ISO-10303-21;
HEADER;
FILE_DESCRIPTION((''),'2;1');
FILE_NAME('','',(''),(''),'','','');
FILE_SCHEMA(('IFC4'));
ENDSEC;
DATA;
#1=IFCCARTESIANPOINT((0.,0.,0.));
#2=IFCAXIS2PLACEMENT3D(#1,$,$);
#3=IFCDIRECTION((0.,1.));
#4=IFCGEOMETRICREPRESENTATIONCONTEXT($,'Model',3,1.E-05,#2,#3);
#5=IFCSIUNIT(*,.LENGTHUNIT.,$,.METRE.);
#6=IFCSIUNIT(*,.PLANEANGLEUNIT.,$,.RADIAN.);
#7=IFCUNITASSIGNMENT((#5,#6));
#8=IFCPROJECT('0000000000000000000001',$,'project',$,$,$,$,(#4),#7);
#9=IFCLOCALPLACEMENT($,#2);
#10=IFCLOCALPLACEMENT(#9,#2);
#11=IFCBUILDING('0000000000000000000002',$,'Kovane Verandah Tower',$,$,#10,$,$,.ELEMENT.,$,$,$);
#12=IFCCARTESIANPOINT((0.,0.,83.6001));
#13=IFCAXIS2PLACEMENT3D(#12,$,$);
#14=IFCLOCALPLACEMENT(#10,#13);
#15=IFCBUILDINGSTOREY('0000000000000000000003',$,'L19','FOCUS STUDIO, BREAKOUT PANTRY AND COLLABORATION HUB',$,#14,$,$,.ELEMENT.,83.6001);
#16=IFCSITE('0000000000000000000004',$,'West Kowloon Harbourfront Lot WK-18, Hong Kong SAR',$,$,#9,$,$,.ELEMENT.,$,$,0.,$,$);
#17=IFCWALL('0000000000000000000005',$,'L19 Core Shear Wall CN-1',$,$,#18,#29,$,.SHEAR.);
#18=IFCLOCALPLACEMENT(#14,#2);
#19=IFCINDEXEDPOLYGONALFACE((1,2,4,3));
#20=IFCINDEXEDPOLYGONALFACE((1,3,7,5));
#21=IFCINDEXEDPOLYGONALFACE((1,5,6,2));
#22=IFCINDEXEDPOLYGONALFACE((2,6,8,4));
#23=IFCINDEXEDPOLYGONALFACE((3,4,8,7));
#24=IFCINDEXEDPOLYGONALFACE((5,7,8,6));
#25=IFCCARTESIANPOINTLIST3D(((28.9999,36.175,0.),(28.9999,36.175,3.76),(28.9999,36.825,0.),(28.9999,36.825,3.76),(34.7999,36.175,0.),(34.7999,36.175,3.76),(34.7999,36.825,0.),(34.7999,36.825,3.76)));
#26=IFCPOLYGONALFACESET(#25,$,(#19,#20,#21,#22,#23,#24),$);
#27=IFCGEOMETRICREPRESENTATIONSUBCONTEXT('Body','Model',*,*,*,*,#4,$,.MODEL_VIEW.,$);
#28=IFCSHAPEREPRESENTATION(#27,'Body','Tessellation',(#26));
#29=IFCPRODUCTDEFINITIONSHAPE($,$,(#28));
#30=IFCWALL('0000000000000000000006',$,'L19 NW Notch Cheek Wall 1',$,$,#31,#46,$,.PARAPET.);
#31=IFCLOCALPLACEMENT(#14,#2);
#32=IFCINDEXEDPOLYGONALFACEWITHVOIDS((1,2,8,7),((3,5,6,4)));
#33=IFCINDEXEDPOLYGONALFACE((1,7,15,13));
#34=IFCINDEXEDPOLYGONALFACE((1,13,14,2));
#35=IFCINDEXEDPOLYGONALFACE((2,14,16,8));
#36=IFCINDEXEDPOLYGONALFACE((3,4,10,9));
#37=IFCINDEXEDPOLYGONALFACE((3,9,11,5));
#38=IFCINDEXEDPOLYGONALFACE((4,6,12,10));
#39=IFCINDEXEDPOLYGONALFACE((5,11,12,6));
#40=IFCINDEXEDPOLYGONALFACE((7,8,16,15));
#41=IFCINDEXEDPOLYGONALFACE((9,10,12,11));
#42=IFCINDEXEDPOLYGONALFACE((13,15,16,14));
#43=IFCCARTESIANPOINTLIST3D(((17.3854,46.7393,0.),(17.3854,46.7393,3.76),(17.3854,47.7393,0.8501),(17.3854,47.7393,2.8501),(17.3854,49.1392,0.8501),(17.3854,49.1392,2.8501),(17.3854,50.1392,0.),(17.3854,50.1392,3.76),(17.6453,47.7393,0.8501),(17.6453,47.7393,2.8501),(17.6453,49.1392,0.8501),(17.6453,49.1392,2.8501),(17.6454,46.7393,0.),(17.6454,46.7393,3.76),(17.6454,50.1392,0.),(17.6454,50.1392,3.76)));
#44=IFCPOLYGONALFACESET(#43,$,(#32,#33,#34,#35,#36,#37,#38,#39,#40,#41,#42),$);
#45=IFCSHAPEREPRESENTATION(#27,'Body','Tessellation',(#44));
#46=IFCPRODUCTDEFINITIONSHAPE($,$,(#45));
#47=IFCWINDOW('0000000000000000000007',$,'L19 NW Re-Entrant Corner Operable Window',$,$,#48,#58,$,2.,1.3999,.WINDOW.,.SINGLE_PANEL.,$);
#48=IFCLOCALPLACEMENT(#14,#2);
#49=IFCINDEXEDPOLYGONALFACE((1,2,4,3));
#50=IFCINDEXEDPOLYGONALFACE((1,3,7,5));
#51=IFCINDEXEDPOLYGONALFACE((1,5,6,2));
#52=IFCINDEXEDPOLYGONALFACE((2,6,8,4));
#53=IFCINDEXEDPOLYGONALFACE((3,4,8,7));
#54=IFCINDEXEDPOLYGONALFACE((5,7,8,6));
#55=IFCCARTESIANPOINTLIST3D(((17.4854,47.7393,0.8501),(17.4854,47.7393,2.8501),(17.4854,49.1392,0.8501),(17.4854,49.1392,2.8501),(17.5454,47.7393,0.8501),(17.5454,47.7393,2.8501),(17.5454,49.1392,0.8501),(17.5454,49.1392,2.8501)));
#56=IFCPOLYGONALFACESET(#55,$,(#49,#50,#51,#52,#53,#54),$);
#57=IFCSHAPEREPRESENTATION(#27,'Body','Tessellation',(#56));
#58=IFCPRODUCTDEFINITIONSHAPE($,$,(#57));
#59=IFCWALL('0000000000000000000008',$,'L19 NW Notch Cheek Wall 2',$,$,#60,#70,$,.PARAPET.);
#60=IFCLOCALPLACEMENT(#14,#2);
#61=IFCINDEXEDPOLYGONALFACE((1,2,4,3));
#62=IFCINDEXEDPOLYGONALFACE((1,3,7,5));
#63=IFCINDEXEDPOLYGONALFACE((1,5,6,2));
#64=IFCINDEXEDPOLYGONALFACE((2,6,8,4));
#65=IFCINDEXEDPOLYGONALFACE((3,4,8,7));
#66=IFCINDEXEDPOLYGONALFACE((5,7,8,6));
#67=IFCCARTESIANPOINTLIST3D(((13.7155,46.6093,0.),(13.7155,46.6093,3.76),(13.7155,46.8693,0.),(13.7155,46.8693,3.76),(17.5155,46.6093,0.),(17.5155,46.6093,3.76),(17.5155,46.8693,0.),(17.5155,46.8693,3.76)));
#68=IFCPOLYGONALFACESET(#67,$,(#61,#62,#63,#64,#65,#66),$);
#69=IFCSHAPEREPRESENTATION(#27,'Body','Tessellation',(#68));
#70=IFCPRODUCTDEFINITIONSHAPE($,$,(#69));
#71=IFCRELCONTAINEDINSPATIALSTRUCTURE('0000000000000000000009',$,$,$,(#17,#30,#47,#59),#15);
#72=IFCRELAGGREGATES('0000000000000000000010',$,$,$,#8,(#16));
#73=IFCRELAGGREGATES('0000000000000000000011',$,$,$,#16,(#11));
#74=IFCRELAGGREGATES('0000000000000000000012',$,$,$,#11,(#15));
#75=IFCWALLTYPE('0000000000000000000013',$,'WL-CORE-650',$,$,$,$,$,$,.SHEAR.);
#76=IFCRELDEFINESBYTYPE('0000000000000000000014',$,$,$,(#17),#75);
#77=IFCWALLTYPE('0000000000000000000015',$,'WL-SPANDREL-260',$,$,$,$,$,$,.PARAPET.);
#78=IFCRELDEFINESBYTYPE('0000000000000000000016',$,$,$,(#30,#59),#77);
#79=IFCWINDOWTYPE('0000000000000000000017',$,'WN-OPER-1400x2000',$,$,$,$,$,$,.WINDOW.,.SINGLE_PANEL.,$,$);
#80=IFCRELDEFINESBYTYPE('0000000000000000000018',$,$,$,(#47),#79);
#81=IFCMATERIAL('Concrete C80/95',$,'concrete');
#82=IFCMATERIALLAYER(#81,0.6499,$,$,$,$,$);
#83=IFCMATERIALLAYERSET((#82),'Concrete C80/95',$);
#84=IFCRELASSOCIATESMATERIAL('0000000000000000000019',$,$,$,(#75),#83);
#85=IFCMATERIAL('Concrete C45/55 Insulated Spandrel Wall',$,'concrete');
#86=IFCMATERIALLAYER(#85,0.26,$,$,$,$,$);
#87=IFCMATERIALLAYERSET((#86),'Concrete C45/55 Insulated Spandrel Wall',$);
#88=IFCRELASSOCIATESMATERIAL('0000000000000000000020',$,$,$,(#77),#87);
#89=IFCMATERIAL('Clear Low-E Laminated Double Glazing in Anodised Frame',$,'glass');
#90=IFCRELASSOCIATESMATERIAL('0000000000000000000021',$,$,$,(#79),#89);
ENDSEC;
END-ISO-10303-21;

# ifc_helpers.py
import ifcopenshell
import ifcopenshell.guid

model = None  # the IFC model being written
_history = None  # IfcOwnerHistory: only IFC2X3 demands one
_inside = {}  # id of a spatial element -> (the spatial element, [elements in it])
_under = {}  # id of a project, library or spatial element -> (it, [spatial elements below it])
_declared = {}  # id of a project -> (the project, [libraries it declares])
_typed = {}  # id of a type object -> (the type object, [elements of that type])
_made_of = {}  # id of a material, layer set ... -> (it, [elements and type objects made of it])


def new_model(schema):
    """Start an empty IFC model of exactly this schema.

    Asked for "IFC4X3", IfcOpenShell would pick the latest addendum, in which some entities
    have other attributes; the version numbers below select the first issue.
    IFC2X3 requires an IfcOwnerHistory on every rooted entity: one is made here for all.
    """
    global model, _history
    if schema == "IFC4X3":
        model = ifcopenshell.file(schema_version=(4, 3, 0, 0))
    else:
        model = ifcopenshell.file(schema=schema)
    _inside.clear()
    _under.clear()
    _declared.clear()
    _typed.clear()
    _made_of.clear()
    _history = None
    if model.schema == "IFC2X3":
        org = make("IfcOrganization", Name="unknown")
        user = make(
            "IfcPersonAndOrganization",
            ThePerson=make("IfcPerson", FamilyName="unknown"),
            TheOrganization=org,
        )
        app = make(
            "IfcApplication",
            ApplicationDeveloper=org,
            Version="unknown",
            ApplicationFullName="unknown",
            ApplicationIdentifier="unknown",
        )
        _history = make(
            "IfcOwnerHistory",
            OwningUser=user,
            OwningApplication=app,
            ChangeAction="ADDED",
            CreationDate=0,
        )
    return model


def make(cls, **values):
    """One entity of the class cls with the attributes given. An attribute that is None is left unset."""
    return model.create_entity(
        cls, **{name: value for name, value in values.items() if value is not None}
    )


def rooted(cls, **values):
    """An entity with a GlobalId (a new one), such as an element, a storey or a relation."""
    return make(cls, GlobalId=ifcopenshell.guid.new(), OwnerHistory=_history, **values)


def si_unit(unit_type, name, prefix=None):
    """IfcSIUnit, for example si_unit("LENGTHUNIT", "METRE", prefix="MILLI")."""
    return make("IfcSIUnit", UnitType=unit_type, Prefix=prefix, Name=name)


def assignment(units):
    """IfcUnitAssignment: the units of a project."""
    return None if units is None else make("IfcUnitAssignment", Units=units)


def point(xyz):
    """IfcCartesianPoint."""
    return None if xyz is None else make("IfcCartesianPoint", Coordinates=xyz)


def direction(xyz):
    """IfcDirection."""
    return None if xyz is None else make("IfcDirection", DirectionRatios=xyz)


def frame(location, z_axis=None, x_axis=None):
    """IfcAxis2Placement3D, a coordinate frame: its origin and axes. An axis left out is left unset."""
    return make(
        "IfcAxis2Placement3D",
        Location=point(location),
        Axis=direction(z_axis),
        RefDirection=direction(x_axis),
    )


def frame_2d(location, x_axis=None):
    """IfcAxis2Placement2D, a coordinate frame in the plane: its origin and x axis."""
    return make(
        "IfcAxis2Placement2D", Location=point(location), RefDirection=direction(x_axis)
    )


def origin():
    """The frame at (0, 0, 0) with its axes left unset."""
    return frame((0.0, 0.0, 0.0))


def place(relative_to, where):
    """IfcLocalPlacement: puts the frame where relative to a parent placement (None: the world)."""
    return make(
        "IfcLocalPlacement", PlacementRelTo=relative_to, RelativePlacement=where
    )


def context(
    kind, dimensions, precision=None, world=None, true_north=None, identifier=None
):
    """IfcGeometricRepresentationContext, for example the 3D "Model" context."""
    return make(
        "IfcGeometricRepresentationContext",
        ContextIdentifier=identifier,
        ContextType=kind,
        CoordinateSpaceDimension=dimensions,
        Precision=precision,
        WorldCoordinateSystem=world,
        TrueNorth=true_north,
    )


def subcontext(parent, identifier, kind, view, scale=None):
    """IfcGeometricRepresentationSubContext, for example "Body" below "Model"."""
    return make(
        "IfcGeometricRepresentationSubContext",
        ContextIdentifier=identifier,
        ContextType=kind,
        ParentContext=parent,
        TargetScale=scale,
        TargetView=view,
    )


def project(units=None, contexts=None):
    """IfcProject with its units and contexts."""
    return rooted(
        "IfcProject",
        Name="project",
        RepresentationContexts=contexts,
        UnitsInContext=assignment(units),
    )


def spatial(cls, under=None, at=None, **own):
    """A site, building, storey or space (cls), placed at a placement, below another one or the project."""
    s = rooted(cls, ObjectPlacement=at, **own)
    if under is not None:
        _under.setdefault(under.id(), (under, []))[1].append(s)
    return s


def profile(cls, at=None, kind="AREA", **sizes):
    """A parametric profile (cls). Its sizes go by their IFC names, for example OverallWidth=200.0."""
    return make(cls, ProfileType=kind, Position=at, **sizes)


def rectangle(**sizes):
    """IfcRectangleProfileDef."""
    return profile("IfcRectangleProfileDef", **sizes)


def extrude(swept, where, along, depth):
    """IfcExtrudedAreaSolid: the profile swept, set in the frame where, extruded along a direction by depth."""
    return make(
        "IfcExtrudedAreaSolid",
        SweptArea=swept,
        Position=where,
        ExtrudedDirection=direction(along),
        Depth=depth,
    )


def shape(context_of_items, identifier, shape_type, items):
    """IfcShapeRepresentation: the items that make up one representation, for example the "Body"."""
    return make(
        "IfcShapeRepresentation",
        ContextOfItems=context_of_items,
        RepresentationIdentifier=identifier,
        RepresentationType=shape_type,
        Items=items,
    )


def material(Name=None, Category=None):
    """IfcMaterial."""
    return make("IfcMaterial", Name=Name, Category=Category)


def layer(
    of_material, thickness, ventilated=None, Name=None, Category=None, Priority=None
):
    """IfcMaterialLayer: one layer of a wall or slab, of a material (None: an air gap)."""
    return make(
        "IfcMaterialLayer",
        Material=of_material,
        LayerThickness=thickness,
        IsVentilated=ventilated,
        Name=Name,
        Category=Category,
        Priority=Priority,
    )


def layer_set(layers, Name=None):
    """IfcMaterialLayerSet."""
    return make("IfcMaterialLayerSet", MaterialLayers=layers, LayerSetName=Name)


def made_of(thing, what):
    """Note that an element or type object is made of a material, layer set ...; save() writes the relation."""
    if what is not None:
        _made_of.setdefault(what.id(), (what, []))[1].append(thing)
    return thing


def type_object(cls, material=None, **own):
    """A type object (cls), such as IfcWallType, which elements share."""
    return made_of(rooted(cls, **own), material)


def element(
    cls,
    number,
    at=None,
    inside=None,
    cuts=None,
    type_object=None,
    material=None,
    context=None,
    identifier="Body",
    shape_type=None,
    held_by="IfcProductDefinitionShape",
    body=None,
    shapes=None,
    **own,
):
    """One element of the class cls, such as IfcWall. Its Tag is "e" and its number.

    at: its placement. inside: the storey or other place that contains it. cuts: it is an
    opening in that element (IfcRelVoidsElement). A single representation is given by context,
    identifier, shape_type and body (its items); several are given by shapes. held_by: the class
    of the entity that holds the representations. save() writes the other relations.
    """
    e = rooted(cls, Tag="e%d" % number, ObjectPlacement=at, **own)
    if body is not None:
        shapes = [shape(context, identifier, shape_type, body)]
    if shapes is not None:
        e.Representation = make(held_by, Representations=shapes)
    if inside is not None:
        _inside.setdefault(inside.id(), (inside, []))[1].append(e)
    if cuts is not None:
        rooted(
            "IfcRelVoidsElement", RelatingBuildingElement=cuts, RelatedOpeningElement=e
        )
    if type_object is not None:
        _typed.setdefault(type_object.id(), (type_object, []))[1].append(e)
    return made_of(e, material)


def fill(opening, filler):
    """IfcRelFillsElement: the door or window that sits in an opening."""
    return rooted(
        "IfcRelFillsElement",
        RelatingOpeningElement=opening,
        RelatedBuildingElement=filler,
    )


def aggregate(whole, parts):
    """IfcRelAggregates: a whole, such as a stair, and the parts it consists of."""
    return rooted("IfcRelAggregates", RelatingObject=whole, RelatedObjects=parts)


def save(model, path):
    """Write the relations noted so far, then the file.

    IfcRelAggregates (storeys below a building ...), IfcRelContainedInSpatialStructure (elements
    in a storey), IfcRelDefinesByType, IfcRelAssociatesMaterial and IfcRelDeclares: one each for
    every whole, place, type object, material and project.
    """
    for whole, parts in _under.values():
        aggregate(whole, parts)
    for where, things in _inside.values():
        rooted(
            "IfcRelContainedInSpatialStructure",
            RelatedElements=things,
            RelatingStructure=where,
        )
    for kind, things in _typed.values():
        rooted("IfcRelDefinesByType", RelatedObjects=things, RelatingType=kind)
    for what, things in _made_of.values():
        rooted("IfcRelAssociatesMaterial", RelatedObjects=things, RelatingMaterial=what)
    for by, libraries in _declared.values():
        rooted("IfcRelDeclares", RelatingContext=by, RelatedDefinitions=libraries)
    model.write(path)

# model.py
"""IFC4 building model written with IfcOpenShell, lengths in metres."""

from ifc_helpers import new_model, si_unit, direction, frame, frame_2d, origin, place, context, subcontext, project, spatial, rectangle, extrude, material, layer, layer_set, type_object, element, fill, save


model = new_model("IFC4")

# Units and contexts
model_context = context("Model", 3, precision=1e-05, world=origin(), true_north=direction((0.0, 1.0)))
body_context = subcontext(model_context, "Body", "Model", "MODEL_VIEW")
ifc_project = project(units=[si_unit("LENGTHUNIT", "METRE"), si_unit("PLANEANGLEUNIT", "RADIAN")], contexts=[model_context])

# Site, building, storey
site_placement = place(None, origin())
site = spatial("IfcSite", under=ifc_project, at=site_placement, Name="West Kowloon Harbourfront Lot WK-18, Hong Kong SAR", CompositionType="ELEMENT", RefElevation=0.0)
building_placement = place(site_placement, origin())
building = spatial("IfcBuilding", under=site, at=building_placement, Name="Kovane Verandah Tower", CompositionType="ELEMENT")
storey_placement = place(building_placement, frame((0.0, 0.0, 83.6001)))
storey = spatial("IfcBuildingStorey", under=building, at=storey_placement, Name="L19", Description="FOCUS STUDIO, BREAKOUT PANTRY AND COLLABORATION HUB", CompositionType="ELEMENT", Elevation=83.6001)

# Shared definitions
ifc_material_1 = material(Name="Concrete C80/95", Category="concrete")

# Wall
ifc_layer_1 = layer(ifc_material_1, 0.6499)
ifc_layer_set_1 = layer_set([ifc_layer_1], Name="Concrete C80/95")
wall_type_1 = type_object("IfcWallType", Name="WL-CORE-650", PredefinedType="SHEAR", material=ifc_layer_set_1)
wall_1_placement = place(storey_placement, frame((29.0, 36.5, 0.0), z_axis=(0.0, 0.0, 1.0), x_axis=(1.0, 0.0, 0.0)))
element("IfcWall", 1, at=wall_1_placement, inside=storey, type_object=wall_type_1, Name="L19 Core Shear Wall CN-1", PredefinedType="SHEAR", context=body_context, shape_type="SweptSolid", body=[
    extrude(rectangle(XDim=5.8, YDim=0.6499, at=frame_2d((2.8999, 0.0))), origin(), (0.0, 0.0, 1.0), 3.76),
])

# Shared definitions
ifc_material_2 = material(Name="Concrete C45/55 Insulated Spandrel Wall", Category="concrete")
ifc_layer_2 = layer(ifc_material_2, 0.26)
ifc_layer_set_2 = layer_set([ifc_layer_2], Name="Concrete C45/55 Insulated Spandrel Wall")
wall_type_2 = type_object("IfcWallType", Name="WL-SPANDREL-260", PredefinedType="PARAPET", material=ifc_layer_set_2)
ifc_material_3 = material(Name="Clear Low-E Laminated Double Glazing in Anodised Frame", Category="glass")

# Wall, opening, window
wall_2_placement = place(storey_placement, frame((17.5154, 50.1392, 0.0), z_axis=(0.0, 0.0, 1.0), x_axis=(0.0, -1.0, 0.0)))
wall_2 = element("IfcWall", 2, at=wall_2_placement, inside=storey, type_object=wall_type_2, Name="L19 NW Notch Cheek Wall 1", PredefinedType="PARAPET", context=body_context, shape_type="SweptSolid", body=[
    extrude(rectangle(XDim=3.3999, YDim=0.26, at=frame_2d((1.7, 0.0))), origin(), (0.0, 0.0, 1.0), 3.76),
])
opening_1_placement = place(wall_2_placement, frame((1.0, 0.0, 0.8501)))
opening_1 = element("IfcOpeningElement", 3, at=opening_1_placement, cuts=wall_2, PredefinedType="OPENING", context=body_context, shape_type="SweptSolid", body=[
    extrude(rectangle(XDim=1.3999, YDim=2.0, at=frame_2d((0.7, 1.0))), frame((0.0, 0.1299, 0.0), z_axis=(0.0, -1.0, 0.0), x_axis=(1.0, 0.0, 0.0)), (0.0, 0.0, 1.0), 0.26),
])
window_type_1 = type_object("IfcWindowType", Name="WN-OPER-1400x2000", PartitioningType="SINGLE_PANEL", PredefinedType="WINDOW", material=ifc_material_3)
window_1_placement = place(opening_1_placement, origin())
window_1 = element("IfcWindow", 4, at=window_1_placement, inside=storey, type_object=window_type_1, Name="L19 NW Re-Entrant Corner Operable Window", OverallHeight=2.0, OverallWidth=1.3999, PartitioningType="SINGLE_PANEL", PredefinedType="WINDOW", context=body_context, shape_type="SweptSolid", body=[
    extrude(rectangle(XDim=1.3999, YDim=2.0, at=frame_2d((0.7, 1.0))), frame((0.0, 0.03, 0.0), z_axis=(0.0, -1.0, 0.0), x_axis=(1.0, 0.0, 0.0)), (0.0, 0.0, 1.0), 0.0601),
])
fill(opening_1, window_1)

# Wall
wall_3_placement = place(storey_placement, frame((17.5154, 46.7393, 0.0), z_axis=(0.0, 0.0, 1.0), x_axis=(-1.0, 0.0, 0.0)))
element("IfcWall", 5, at=wall_3_placement, inside=storey, type_object=wall_type_2, Name="L19 NW Notch Cheek Wall 2", PredefinedType="PARAPET", context=body_context, shape_type="SweptSolid", body=[
    extrude(rectangle(XDim=3.8, YDim=0.26, at=frame_2d((1.8999, 0.0))), origin(), (0.0, 0.0, 1.0), 3.76),
])

save(model, "model.ifc")
